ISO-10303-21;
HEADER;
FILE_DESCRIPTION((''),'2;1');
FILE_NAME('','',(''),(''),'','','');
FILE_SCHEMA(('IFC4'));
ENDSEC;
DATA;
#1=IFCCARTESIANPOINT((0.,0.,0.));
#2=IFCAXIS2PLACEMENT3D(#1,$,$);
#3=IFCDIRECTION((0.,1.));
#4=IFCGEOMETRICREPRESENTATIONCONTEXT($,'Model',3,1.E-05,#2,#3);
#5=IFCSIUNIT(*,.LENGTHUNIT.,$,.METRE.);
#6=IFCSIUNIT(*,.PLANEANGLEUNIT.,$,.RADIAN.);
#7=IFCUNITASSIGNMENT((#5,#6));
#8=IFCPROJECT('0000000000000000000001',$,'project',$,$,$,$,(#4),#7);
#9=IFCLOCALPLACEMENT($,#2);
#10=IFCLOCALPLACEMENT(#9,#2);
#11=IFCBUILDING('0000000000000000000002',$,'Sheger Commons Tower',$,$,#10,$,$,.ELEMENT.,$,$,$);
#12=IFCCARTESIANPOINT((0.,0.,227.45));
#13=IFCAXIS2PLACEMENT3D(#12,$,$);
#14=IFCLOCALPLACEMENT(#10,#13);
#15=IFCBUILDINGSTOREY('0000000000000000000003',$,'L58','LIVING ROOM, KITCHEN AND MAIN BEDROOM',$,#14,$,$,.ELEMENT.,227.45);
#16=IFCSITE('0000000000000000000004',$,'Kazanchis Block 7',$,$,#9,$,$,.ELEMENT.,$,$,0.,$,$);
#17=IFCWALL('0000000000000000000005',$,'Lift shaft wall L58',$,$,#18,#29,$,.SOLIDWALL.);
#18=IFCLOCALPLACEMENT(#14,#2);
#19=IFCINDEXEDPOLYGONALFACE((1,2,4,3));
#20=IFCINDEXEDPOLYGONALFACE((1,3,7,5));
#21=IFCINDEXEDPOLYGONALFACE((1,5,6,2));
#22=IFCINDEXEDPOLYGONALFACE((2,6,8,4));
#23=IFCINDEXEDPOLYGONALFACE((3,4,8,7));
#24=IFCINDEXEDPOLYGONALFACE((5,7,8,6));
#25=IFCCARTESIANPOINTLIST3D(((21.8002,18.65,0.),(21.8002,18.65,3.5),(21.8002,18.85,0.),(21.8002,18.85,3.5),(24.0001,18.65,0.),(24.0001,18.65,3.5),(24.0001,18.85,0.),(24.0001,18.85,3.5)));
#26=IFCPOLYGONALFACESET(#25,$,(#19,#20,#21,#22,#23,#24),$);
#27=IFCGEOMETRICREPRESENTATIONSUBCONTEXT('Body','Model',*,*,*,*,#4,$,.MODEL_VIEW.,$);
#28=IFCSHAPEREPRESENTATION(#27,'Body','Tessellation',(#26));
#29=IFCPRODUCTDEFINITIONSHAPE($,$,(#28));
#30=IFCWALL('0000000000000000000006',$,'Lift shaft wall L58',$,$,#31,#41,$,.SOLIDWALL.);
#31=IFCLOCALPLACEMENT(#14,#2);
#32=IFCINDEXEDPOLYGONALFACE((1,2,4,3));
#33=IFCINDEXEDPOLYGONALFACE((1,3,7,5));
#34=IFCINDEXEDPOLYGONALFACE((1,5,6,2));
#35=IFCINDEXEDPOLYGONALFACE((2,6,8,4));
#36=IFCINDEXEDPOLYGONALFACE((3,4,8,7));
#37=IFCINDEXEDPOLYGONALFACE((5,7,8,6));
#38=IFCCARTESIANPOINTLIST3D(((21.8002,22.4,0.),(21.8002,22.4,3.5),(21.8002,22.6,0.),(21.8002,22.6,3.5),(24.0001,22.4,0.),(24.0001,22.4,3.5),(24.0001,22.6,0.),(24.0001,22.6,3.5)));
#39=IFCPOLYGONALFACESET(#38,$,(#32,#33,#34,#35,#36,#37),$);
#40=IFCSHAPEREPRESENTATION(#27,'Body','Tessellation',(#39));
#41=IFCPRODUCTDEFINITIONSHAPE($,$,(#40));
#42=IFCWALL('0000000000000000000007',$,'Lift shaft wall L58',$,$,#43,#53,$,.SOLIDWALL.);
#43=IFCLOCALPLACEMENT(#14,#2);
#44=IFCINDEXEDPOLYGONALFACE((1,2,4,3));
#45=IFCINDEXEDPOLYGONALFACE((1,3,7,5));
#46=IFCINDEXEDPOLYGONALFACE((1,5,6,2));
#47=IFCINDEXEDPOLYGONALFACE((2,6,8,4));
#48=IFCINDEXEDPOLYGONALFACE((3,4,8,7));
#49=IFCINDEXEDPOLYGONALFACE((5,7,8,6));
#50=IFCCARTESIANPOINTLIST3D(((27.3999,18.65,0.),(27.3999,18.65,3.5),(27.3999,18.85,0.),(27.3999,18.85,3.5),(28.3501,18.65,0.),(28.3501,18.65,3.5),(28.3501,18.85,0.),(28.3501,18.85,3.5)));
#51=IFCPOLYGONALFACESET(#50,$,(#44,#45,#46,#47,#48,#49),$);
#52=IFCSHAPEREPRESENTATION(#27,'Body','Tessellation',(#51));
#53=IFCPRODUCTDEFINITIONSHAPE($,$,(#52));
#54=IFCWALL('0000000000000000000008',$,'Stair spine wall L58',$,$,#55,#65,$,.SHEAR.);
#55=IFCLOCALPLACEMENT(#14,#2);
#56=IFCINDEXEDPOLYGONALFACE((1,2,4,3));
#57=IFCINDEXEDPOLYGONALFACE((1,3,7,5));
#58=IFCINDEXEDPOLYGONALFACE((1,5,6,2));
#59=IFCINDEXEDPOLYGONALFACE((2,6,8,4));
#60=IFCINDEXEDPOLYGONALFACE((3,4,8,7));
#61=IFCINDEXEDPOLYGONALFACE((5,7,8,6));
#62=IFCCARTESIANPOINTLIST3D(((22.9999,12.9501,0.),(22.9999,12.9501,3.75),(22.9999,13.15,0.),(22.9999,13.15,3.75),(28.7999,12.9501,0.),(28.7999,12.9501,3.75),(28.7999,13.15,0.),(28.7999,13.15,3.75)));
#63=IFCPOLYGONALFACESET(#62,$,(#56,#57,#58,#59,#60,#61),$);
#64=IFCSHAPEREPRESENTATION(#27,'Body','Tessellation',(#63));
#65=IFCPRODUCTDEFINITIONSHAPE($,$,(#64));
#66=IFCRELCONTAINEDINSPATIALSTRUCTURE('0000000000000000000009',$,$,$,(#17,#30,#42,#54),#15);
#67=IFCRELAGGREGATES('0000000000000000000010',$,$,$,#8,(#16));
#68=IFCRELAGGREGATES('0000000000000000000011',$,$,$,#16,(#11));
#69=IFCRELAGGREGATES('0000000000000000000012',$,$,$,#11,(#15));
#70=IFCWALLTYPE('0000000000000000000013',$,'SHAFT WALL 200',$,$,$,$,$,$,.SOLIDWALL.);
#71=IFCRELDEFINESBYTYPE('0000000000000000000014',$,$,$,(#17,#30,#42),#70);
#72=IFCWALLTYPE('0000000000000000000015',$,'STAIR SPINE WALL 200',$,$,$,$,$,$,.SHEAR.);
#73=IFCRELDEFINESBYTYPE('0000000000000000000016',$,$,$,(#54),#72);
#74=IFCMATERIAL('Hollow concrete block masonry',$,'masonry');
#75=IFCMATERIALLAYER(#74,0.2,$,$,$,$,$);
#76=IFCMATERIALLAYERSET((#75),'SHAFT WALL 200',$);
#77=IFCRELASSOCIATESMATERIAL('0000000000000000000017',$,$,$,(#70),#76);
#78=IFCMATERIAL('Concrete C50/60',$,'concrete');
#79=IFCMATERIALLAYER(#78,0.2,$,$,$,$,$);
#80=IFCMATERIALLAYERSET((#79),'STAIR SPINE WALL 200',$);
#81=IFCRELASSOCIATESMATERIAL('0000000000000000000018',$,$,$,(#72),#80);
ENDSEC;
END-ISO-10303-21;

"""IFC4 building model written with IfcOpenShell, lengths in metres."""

from ifc_helpers import new_model, si_unit, direction, frame, frame_2d, origin, place, context, subcontext, project, spatial, rectangle, extrude, material, layer, layer_set, type_object, element, save


model = new_model("IFC4")

# Units and contexts
model_context = context("Model", 3, precision=1e-05, world=origin(), true_north=direction((0.0, 1.0)))
body_context = subcontext(model_context, "Body", "Model", "MODEL_VIEW")
ifc_project = project(units=[si_unit("LENGTHUNIT", "METRE"), si_unit("PLANEANGLEUNIT", "RADIAN")], contexts=[model_context])

# Site, building, storey
site_placement = place(None, origin())
site = spatial("IfcSite", under=ifc_project, at=site_placement, Name="Kazanchis Block 7", CompositionType="ELEMENT", RefElevation=0.0)
building_placement = place(site_placement, origin())
building = spatial("IfcBuilding", under=site, at=building_placement, Name="Sheger Commons Tower", CompositionType="ELEMENT")
storey_placement = place(building_placement, frame((0.0, 0.0, 227.45)))
storey = spatial("IfcBuildingStorey", under=building, at=storey_placement, Name="L58", Description="LIVING ROOM, KITCHEN AND MAIN BEDROOM", CompositionType="ELEMENT", Elevation=227.45)

# Walls
ifc_material_1 = material(Name="Hollow concrete block masonry", Category="masonry")
ifc_layer_1 = layer(ifc_material_1, 0.2)
ifc_layer_set_1 = layer_set([ifc_layer_1], Name="SHAFT WALL 200")
wall_type_1 = type_object("IfcWallType", Name="SHAFT WALL 200", PredefinedType="SOLIDWALL", material=ifc_layer_set_1)
for number, where, z_axis, x_axis, name in (
    (1, (21.8, 18.75, 0.0), (0.0, 0.0, 1.0), (1.0, 0.0, 0.0), "Lift shaft wall L58"),
    (2, (21.8, 22.5, 0.0), (0.0, 0.0, 1.0), (1.0, 0.0, 0.0), "Lift shaft wall L58"),
):
    element("IfcWall", number, at=place(storey_placement, frame(where, z_axis=z_axis, x_axis=x_axis)), inside=storey, type_object=wall_type_1, Name=name, PredefinedType="SOLIDWALL", context=body_context, shape_type="SweptSolid", body=[
        extrude(rectangle(XDim=2.2, YDim=0.2, at=frame_2d((1.1001, 0.0))), origin(), (0.0, 0.0, 1.0), 3.5),
    ])
wall_1_placement = place(storey_placement, frame((27.3999, 18.75, 0.0), z_axis=(0.0, 0.0, 1.0), x_axis=(1.0, 0.0, 0.0)))
element("IfcWall", 3, at=wall_1_placement, inside=storey, type_object=wall_type_1, Name="Lift shaft wall L58", PredefinedType="SOLIDWALL", context=body_context, shape_type="SweptSolid", body=[
    extrude(rectangle(XDim=0.9502, YDim=0.2, at=frame_2d((0.4751, 0.0))), origin(), (0.0, 0.0, 1.0), 3.5),
])
ifc_material_2 = material(Name="Concrete C50/60", Category="concrete")
ifc_layer_2 = layer(ifc_material_2, 0.2)
ifc_layer_set_2 = layer_set([ifc_layer_2], Name="STAIR SPINE WALL 200")
wall_type_2 = type_object("IfcWallType", Name="STAIR SPINE WALL 200", PredefinedType="SHEAR", material=ifc_layer_set_2)
wall_2_placement = place(storey_placement, frame((23.0, 13.05, 0.0), z_axis=(0.0, 0.0, 1.0), x_axis=(1.0, 0.0, 0.0)))
element("IfcWall", 4, at=wall_2_placement, inside=storey, type_object=wall_type_2, Name="Stair spine wall L58", PredefinedType="SHEAR", context=body_context, shape_type="SweptSolid", body=[
    extrude(rectangle(XDim=5.8, YDim=0.2, at=frame_2d((2.8999, 0.0))), origin(), (0.0, 0.0, 1.0), 3.75),
])

save(model, "model.ifc")
